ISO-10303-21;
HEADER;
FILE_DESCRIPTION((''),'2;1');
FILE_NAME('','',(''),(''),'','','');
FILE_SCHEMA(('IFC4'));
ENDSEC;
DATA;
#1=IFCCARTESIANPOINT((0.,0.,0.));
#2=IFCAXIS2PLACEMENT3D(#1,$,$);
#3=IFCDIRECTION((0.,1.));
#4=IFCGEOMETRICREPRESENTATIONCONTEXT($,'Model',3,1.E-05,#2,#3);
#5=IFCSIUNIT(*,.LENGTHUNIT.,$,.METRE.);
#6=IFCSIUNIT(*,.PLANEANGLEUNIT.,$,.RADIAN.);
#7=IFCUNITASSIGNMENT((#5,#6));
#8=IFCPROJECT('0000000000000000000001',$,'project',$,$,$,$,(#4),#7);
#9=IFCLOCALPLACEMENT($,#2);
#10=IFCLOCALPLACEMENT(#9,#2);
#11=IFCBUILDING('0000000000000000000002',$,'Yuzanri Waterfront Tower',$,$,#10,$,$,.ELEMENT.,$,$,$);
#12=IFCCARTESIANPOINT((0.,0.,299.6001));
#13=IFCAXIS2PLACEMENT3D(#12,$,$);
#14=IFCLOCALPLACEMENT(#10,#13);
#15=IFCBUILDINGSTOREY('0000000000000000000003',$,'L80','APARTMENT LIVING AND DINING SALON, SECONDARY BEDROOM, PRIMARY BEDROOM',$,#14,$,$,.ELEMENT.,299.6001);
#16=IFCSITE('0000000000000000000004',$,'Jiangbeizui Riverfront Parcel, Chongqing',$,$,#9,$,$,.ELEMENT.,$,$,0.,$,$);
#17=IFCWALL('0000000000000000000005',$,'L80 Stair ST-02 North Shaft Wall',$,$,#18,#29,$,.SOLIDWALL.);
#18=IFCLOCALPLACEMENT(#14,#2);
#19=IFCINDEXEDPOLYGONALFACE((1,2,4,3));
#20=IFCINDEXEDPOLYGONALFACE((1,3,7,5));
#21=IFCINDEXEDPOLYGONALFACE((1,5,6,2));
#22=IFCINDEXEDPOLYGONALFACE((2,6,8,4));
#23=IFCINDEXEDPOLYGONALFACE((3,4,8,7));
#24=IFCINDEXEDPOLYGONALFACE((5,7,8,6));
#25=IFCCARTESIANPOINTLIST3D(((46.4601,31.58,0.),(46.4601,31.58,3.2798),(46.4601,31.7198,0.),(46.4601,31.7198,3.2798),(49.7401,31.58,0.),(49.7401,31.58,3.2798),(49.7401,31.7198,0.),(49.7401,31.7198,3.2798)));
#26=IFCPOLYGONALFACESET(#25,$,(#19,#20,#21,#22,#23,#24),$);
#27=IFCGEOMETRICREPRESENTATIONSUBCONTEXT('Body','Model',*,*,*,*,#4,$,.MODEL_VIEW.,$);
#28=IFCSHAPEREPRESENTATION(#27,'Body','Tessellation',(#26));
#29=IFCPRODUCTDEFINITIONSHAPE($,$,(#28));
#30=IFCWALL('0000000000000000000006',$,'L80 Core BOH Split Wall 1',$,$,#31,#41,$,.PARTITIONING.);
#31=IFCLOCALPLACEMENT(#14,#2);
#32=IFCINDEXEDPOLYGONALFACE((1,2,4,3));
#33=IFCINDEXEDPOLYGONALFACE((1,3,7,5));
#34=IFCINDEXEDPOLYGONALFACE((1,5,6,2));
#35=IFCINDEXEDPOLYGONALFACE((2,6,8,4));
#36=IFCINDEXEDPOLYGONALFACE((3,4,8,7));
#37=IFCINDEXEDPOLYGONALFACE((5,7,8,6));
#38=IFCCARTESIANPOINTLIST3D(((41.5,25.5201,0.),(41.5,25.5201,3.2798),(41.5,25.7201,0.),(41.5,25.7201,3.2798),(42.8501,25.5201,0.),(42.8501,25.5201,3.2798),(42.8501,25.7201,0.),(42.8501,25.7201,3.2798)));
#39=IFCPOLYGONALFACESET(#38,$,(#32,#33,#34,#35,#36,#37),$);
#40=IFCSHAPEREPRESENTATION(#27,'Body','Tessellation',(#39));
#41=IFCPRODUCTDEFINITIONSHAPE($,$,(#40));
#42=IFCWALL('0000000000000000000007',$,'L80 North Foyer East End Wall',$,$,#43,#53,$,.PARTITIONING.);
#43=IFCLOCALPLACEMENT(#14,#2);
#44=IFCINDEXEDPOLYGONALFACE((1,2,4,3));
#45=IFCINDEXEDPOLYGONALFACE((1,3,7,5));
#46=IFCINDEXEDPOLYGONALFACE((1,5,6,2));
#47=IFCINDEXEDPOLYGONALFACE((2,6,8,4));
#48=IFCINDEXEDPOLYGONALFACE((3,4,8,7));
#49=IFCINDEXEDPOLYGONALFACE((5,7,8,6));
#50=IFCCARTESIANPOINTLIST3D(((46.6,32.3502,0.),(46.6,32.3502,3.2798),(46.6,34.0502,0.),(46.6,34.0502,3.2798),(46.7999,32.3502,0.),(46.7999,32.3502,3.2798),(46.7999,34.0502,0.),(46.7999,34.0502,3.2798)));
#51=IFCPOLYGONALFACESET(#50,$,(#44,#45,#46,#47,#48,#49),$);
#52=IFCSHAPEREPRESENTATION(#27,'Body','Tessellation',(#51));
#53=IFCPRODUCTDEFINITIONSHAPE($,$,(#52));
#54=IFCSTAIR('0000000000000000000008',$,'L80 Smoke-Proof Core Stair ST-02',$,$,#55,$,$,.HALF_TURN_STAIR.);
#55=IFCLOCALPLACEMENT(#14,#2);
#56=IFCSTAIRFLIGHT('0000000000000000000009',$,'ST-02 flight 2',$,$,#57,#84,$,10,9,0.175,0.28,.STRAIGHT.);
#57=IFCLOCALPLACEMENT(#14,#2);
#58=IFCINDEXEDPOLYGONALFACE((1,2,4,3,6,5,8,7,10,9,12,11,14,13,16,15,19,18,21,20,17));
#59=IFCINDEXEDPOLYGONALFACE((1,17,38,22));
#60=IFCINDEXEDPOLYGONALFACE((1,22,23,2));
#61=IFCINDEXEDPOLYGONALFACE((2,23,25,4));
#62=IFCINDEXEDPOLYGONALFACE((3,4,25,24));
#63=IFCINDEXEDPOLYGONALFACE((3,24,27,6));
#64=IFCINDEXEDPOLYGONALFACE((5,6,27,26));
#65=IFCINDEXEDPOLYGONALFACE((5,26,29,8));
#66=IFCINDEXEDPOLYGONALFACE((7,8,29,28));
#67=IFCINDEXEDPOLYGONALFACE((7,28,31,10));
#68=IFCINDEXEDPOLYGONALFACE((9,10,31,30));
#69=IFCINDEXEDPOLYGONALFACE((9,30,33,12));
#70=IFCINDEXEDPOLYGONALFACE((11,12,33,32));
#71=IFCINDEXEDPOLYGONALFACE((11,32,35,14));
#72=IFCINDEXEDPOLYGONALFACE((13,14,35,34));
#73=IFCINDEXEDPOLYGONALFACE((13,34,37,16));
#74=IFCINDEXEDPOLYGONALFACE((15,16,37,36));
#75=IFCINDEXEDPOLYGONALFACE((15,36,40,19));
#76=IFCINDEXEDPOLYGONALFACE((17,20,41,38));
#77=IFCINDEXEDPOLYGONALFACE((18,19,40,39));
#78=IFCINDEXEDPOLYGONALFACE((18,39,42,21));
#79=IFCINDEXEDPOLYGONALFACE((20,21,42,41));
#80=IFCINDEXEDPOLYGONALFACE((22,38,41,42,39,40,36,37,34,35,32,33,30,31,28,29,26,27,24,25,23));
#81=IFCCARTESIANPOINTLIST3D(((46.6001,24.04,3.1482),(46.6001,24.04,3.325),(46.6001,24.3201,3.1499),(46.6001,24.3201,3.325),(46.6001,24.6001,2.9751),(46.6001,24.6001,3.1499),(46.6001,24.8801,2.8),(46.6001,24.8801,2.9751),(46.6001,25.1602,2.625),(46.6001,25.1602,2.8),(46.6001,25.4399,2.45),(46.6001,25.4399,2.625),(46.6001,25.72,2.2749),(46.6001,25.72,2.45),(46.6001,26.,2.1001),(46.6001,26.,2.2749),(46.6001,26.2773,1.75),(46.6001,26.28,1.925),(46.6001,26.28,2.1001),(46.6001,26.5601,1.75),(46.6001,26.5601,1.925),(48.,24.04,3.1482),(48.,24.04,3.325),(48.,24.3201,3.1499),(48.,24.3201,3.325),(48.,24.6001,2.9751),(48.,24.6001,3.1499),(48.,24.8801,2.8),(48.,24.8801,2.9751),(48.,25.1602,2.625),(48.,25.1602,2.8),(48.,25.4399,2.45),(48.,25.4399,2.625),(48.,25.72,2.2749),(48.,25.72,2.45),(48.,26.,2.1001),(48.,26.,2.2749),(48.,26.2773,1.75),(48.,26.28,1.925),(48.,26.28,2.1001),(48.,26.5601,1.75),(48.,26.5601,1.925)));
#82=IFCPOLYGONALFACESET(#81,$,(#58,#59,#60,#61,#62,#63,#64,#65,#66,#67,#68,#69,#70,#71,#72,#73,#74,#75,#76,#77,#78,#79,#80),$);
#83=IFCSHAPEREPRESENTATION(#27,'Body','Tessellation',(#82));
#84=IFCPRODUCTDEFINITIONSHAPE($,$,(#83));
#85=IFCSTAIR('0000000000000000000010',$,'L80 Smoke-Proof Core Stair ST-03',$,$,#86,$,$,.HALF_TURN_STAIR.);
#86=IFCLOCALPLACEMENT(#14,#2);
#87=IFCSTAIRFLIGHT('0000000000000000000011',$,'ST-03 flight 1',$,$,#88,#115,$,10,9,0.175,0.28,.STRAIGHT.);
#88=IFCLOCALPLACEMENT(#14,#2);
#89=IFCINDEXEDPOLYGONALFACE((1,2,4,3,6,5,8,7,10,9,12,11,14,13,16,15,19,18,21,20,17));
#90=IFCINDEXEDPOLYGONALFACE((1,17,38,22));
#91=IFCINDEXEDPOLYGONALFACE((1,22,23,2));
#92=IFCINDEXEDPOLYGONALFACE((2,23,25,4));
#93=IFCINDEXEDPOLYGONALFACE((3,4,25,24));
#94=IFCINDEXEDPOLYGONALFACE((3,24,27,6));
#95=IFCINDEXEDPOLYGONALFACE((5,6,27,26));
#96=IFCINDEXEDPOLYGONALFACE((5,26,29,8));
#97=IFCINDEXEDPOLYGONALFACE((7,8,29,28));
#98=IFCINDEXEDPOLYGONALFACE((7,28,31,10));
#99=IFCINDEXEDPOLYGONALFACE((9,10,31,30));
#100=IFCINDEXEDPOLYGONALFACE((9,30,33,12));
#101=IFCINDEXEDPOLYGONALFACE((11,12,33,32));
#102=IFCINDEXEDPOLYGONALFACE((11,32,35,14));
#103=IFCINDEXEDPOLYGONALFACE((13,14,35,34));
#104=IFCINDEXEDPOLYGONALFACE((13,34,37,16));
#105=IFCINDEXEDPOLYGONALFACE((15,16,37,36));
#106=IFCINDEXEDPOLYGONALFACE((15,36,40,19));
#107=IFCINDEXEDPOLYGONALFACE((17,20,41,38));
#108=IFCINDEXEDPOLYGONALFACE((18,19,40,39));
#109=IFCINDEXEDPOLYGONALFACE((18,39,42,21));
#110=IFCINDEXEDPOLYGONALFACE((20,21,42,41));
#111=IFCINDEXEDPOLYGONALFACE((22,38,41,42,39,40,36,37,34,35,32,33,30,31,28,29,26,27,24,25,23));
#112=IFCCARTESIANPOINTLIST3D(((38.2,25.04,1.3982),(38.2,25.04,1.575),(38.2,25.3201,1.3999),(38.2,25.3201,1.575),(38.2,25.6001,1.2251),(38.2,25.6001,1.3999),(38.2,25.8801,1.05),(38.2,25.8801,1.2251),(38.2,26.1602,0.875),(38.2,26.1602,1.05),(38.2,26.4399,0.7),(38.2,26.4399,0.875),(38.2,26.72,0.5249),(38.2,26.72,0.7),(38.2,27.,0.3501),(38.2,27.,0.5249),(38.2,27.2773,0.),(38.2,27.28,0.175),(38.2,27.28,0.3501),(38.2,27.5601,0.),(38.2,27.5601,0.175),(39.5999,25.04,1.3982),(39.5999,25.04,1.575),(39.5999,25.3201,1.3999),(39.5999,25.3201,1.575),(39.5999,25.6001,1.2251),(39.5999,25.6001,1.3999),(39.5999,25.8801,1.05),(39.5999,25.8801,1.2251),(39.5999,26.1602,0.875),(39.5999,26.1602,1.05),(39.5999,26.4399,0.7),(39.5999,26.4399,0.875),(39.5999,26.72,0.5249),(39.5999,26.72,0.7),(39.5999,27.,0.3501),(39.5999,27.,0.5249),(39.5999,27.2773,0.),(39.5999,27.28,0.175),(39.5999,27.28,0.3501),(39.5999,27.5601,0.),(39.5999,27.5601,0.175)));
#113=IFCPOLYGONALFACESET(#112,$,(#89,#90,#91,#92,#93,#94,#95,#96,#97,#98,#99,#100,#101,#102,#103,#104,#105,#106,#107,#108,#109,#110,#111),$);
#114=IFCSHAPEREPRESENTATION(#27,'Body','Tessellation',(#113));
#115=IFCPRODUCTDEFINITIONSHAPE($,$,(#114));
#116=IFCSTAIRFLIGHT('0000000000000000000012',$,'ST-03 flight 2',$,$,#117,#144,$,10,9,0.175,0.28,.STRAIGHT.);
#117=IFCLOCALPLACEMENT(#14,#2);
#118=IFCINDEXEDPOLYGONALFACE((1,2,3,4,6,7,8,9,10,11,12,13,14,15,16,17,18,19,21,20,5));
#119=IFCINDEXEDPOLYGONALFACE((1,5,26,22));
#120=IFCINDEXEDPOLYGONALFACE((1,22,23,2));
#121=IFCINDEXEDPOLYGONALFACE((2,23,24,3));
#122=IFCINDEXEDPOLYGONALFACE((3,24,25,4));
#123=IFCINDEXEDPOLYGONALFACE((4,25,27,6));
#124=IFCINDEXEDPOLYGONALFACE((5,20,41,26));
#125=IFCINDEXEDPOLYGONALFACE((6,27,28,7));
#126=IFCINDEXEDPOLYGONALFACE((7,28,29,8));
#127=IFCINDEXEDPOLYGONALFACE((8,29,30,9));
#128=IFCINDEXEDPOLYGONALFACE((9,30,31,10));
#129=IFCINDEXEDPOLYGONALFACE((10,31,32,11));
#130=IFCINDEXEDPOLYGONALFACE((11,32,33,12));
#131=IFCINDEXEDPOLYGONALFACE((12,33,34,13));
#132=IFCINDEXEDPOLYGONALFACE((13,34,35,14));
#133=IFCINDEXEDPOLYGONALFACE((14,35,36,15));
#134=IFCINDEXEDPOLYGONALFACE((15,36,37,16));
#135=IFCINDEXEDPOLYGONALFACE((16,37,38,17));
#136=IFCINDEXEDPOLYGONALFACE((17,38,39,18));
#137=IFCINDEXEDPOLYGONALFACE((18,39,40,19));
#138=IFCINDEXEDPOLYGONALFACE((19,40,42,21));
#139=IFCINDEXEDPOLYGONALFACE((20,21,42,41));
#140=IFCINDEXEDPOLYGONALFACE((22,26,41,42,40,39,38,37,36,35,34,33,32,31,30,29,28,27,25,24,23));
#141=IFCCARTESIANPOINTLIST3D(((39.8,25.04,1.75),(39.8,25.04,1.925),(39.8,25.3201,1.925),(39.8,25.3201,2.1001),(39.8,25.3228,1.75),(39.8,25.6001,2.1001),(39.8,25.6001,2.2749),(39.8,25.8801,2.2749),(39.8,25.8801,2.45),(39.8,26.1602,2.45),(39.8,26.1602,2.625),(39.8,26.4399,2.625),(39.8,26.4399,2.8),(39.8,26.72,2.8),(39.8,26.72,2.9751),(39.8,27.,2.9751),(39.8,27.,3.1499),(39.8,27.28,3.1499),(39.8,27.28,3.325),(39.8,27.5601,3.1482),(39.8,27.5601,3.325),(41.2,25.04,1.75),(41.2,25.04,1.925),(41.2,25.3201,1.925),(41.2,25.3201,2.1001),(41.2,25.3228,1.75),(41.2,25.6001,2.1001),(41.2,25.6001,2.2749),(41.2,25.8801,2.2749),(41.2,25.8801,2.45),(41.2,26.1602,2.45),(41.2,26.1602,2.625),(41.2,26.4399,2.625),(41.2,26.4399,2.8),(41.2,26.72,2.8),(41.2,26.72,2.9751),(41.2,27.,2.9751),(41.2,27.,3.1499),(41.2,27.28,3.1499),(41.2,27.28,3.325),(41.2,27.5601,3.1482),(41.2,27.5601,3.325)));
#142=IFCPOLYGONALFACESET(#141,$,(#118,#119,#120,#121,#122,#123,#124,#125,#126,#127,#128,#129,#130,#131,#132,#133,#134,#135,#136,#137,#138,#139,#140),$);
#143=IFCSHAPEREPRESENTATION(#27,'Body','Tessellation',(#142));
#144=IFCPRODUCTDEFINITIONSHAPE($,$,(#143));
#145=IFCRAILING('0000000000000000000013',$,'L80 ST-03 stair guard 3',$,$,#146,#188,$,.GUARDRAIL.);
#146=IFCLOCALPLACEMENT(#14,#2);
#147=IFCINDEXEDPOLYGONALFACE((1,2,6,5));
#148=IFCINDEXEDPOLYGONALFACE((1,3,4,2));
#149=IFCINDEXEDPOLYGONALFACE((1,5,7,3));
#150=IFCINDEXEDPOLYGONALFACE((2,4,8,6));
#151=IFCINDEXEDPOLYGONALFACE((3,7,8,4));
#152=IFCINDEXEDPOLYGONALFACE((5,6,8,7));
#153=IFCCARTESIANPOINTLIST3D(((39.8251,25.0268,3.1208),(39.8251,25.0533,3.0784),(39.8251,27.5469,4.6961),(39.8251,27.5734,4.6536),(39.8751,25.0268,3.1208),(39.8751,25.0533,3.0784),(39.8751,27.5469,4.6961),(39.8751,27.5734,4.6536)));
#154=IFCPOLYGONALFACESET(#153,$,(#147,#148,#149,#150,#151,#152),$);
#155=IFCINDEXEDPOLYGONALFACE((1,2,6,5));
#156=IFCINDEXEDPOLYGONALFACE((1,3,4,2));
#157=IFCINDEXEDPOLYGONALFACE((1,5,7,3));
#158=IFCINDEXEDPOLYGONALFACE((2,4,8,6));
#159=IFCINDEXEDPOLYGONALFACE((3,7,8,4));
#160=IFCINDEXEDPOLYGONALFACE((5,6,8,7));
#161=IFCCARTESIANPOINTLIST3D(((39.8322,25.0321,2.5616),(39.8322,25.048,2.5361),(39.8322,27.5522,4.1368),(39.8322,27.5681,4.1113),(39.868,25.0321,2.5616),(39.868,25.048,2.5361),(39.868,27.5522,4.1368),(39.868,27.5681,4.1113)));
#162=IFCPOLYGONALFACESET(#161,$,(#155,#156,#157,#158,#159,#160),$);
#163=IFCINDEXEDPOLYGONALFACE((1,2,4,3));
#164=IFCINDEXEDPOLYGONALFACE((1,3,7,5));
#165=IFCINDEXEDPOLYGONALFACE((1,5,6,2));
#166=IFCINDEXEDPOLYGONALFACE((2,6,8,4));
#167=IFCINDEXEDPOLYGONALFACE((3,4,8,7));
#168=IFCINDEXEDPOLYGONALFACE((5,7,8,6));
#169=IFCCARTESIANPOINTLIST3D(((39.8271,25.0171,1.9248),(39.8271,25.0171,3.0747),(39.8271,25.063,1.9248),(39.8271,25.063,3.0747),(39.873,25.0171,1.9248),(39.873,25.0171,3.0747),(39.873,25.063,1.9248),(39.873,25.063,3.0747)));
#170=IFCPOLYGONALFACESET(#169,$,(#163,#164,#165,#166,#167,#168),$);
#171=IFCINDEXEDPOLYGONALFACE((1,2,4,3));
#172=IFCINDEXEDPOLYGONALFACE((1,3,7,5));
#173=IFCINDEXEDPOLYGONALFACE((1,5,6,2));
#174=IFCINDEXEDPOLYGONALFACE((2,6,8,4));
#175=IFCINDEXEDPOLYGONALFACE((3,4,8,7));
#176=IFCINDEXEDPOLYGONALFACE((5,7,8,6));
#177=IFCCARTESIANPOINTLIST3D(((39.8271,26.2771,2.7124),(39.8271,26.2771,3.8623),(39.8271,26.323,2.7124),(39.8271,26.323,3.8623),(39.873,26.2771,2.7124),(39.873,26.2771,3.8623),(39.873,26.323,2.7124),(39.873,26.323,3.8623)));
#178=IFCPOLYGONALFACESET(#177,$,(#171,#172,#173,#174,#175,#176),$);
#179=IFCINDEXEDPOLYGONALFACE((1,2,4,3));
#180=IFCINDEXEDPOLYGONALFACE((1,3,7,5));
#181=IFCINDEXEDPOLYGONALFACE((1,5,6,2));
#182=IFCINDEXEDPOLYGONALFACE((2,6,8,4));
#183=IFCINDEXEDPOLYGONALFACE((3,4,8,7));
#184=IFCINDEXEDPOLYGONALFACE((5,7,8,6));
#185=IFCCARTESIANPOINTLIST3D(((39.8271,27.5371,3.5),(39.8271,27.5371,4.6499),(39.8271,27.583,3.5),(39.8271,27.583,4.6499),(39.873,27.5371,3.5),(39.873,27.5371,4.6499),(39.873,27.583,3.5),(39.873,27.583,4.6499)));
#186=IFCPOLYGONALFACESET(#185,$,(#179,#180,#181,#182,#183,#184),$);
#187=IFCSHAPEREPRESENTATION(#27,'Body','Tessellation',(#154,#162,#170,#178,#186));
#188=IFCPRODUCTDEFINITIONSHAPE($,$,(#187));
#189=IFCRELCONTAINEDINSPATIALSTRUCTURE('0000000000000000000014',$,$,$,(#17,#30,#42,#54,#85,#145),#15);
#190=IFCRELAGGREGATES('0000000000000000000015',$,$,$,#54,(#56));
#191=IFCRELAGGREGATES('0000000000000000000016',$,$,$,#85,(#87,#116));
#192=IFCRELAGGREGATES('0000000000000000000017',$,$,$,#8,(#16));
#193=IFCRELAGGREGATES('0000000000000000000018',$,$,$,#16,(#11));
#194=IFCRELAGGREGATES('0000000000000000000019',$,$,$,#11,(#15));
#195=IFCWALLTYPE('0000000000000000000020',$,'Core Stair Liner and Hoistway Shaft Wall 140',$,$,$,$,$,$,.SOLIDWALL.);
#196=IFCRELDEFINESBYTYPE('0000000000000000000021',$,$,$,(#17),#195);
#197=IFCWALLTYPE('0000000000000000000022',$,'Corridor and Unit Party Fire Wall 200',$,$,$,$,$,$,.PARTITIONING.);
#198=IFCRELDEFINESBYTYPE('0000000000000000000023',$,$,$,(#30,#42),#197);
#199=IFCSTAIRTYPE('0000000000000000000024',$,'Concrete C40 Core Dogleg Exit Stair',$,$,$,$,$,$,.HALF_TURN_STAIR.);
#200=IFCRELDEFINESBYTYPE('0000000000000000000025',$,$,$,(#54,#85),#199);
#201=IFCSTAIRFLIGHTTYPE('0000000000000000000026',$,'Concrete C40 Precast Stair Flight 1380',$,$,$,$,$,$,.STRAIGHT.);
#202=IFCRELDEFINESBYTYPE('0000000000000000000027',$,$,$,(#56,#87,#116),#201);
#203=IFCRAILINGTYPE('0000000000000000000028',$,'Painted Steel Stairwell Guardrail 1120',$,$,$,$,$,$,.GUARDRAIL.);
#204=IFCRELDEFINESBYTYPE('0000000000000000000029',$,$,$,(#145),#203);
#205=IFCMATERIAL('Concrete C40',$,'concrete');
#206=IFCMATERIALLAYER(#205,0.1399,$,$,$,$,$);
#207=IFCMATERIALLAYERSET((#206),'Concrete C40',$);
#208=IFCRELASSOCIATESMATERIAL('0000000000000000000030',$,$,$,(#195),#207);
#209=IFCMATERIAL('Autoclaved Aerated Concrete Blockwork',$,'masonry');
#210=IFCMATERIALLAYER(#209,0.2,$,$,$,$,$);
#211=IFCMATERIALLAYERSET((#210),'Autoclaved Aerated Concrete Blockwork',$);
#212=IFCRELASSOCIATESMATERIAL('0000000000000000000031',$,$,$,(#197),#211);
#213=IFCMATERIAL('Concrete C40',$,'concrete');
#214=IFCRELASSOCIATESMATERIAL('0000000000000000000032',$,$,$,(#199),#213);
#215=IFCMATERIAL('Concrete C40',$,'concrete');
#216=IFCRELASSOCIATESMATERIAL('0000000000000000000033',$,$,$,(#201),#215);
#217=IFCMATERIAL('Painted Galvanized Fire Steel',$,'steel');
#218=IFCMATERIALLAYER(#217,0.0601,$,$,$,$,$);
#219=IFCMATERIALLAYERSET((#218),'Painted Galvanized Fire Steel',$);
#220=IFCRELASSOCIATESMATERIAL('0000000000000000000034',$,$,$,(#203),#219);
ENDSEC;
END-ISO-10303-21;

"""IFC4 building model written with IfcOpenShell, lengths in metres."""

from ifc_helpers import new_model, si_unit, direction, frame, frame_2d, origin, origin_2d, place, context, subcontext, project, spatial, polyline, rectangle, outline, extrude, source, transform, mapped, material, layer, layer_set, type_object, element, aggregate, save


model = new_model("IFC4")

# Units and contexts
model_context = context("Model", 3, precision=1e-05, world=origin(), true_north=direction((0.0, 1.0)))
body_context = subcontext(model_context, "Body", "Model", "MODEL_VIEW")
ifc_project = project(units=[si_unit("LENGTHUNIT", "METRE"), si_unit("PLANEANGLEUNIT", "RADIAN")], contexts=[model_context])

# Site, building, storey
site_placement = place(None, origin())
site = spatial("IfcSite", under=ifc_project, at=site_placement, Name="Jiangbeizui Riverfront Parcel, Chongqing", CompositionType="ELEMENT", RefElevation=0.0)
building_placement = place(site_placement, origin())
building = spatial("IfcBuilding", under=site, at=building_placement, Name="Yuzanri Waterfront Tower", CompositionType="ELEMENT")
storey_placement = place(building_placement, frame((0.0, 0.0, 299.6001)))
storey = spatial("IfcBuildingStorey", under=building, at=storey_placement, Name="L80", Description="APARTMENT LIVING AND DINING SALON, SECONDARY BEDROOM, PRIMARY BEDROOM", CompositionType="ELEMENT", Elevation=299.6001)

# Shared definitions
ifc_material_1 = material(Name="Concrete C40", Category="concrete")
ifc_layer_1 = layer(ifc_material_1, 0.1399)
ifc_layer_set_1 = layer_set([ifc_layer_1], Name="Concrete C40")
wall_type_1 = type_object("IfcWallType", Name="Core Stair Liner and Hoistway Shaft Wall 140", PredefinedType="SOLIDWALL", material=ifc_layer_set_1)
ifc_material_2 = material(Name="Autoclaved Aerated Concrete Blockwork", Category="masonry")
ifc_layer_2 = layer(ifc_material_2, 0.2)
ifc_layer_set_2 = layer_set([ifc_layer_2], Name="Autoclaved Aerated Concrete Blockwork")
wall_type_2 = type_object("IfcWallType", Name="Corridor and Unit Party Fire Wall 200", PredefinedType="PARTITIONING", material=ifc_layer_set_2)

# Walls
shared_shape_1 = source(origin(), body_context, "Body", "SweptSolid", [
    extrude(rectangle(XDim=3.28, YDim=0.1399, at=frame_2d((1.6401, 0.0))), origin(), (0.0, 0.0, 1.0), 3.2798),
])
wall_1_placement = place(storey_placement, frame((46.46, 31.6499, 0.0), z_axis=(0.0, 0.0, 1.0), x_axis=(1.0, 0.0, 0.0)))
element("IfcWall", 1, at=wall_1_placement, inside=storey, type_object=wall_type_1, Name="L80 Stair ST-02 North Shaft Wall", PredefinedType="SOLIDWALL", context=body_context, shape_type="MappedRepresentation", body=[
    mapped(shared_shape_1, transform((0.0, 0.0, 0.0), scale=1.0)),
])
shared_shape_2 = source(origin(), body_context, "Body", "SweptSolid", [
    extrude(rectangle(XDim=1.3501, YDim=0.2, at=frame_2d((0.675, 0.0))), origin(), (0.0, 0.0, 1.0), 3.2798),
])
wall_2_placement = place(storey_placement, frame((41.5, 25.6201, 0.0), z_axis=(0.0, 0.0, 1.0), x_axis=(1.0, 0.0, 0.0)))
element("IfcWall", 2, at=wall_2_placement, inside=storey, type_object=wall_type_2, Name="L80 Core BOH Split Wall 1", PredefinedType="PARTITIONING", context=body_context, shape_type="MappedRepresentation", body=[
    mapped(shared_shape_2, transform((0.0, 0.0, 0.0), scale=1.0)),
])
shared_shape_3 = source(origin(), body_context, "Body", "SweptSolid", [
    extrude(rectangle(XDim=1.7, YDim=0.2, at=frame_2d((0.8501, 0.0))), origin(), (0.0, 0.0, 1.0), 3.2798),
])
wall_3_placement = place(storey_placement, frame((46.7, 32.3501, 0.0), z_axis=(0.0, 0.0, 1.0), x_axis=(0.0, 1.0, 0.0)))
element("IfcWall", 3, at=wall_3_placement, inside=storey, type_object=wall_type_2, Name="L80 North Foyer East End Wall", PredefinedType="PARTITIONING", context=body_context, shape_type="MappedRepresentation", body=[
    mapped(shared_shape_3, transform((0.0, 0.0, 0.0), scale=1.0)),
])

# Stair, stair flight
ifc_material_3 = material(Name="Concrete C40", Category="concrete")
stair_type = type_object("IfcStairType", Name="Concrete C40 Core Dogleg Exit Stair", PredefinedType="HALF_TURN_STAIR", material=ifc_material_3)
stair_1_placement = place(storey_placement, origin())
stair_1 = element("IfcStair", 4, at=stair_1_placement, inside=storey, type_object=stair_type, Name="L80 Smoke-Proof Core Stair ST-02", PredefinedType="HALF_TURN_STAIR")
ifc_material_4 = material(Name="Concrete C40", Category="concrete")
stair_flight_type = type_object("IfcStairFlightType", Name="Concrete C40 Precast Stair Flight 1380", PredefinedType="STRAIGHT", material=ifc_material_4)
shared_shape_4 = source(origin(), body_context, "Body", "SweptSolid", [
    extrude(outline(polyline([(0.0, 0.0), (0.0, 0.175), (0.28, 0.175), (0.28, 0.3501), (0.5601, 0.3501), (0.5601, 0.5249), (0.8401, 0.5249), (0.8401, 0.7), (1.1201, 0.7), (1.1201, 0.875), (1.3999, 0.875), (1.3999, 1.05), (1.6799, 1.05), (1.6799, 1.2251), (1.96, 1.2251), (1.96, 1.3999), (2.24, 1.3999), (2.24, 1.575), (2.52, 1.575), (2.52, 1.75), (2.52, 1.3982), (0.2827, 0.0), (0.0, 0.0)])), frame((0.0, 0.7, 0.0), z_axis=(0.0, -1.0, 0.0), x_axis=(1.0, 0.0, 0.0)), (0.0, 0.0, 1.0), 1.3999),
])
stair_flight_1_placement = place(storey_placement, frame((47.3, 26.5601, 1.75), z_axis=(0.0, 0.0, 1.0), x_axis=(0.0, -1.0, 0.0)))
stair_flight_1 = element("IfcStairFlight", 5, at=stair_flight_1_placement, type_object=stair_flight_type, Name="ST-02 flight 2", NumberOfRisers=10, NumberOfTreads=9, PredefinedType="STRAIGHT", RiserHeight=0.175, TreadLength=0.28, context=body_context, shape_type="MappedRepresentation", body=[
    mapped(shared_shape_4, transform((0.0, 0.0, 0.0), scale=1.0)),
])
aggregate(stair_1, [stair_flight_1])

# Stair, stair flights
stair_2_placement = place(storey_placement, origin())
stair_2 = element("IfcStair", 6, at=stair_2_placement, inside=storey, type_object=stair_type, Name="L80 Smoke-Proof Core Stair ST-03", PredefinedType="HALF_TURN_STAIR")
stair_flight_2_placement = place(storey_placement, frame((38.8999, 27.5601, 0.0), z_axis=(0.0, 0.0, 1.0), x_axis=(0.0, -1.0, 0.0)))
stair_flight_2 = element("IfcStairFlight", 7, at=stair_flight_2_placement, type_object=stair_flight_type, Name="ST-03 flight 1", NumberOfRisers=10, NumberOfTreads=9, PredefinedType="STRAIGHT", RiserHeight=0.175, TreadLength=0.28, context=body_context, shape_type="MappedRepresentation", body=[
    mapped(shared_shape_4, transform((0.0, 0.0, 0.0), scale=1.0)),
])
stair_flight_3_placement = place(storey_placement, frame((40.5, 25.04, 1.75), z_axis=(0.0, 0.0, 1.0), x_axis=(0.0, 1.0, 0.0)))
stair_flight_3 = element("IfcStairFlight", 8, at=stair_flight_3_placement, type_object=stair_flight_type, Name="ST-03 flight 2", NumberOfRisers=10, NumberOfTreads=9, PredefinedType="STRAIGHT", RiserHeight=0.175, TreadLength=0.28, context=body_context, shape_type="MappedRepresentation", body=[
    mapped(shared_shape_4, transform((0.0, 0.0, 0.0), scale=1.0)),
])
aggregate(stair_2, [stair_flight_2, stair_flight_3])

# Railing
ifc_material_5 = material(Name="Painted Galvanized Fire Steel", Category="steel")
ifc_layer_3 = layer(ifc_material_5, 0.0601)
ifc_layer_set_3 = layer_set([ifc_layer_3], Name="Painted Galvanized Fire Steel")
railing_type_1 = type_object("IfcRailingType", Name="Painted Steel Stairwell Guardrail 1120", PredefinedType="GUARDRAIL", material=ifc_layer_set_3)
shared_shape_5 = source(origin(), body_context, "Body", "SweptSolid", [
    extrude(rectangle(XDim=0.05, YDim=0.05, at=origin_2d()), frame((0.0, 0.0, 1.1748), z_axis=(0.0, 0.847971, 0.530043), x_axis=(-1.0, 0.0, 0.0)), (0.0, 0.0, 1.0), 2.9719),
    extrude(rectangle(XDim=0.0359, YDim=0.03, at=origin_2d()), frame((0.0, 0.0, 0.624), z_axis=(0.0, 0.847971, 0.530043), x_axis=(-1.0, 0.0, 0.0)), (0.0, 0.0, 1.0), 2.9719),
    extrude(rectangle(XDim=0.0459, YDim=0.0459, at=origin_2d()), origin(), (0.0, 0.0, 1.0), 1.1499),
    extrude(rectangle(XDim=0.0459, YDim=0.0459, at=origin_2d()), frame((0.0, 1.26, 0.7876)), (0.0, 0.0, 1.0), 1.1499),
    extrude(rectangle(XDim=0.0459, YDim=0.0459, at=origin_2d()), frame((0.0, 2.52, 1.5752)), (0.0, 0.0, 1.0), 1.1499),
])
railing_1_placement = place(storey_placement, frame((39.8501, 25.04, 1.9248)))
element("IfcRailing", 9, at=railing_1_placement, inside=storey, type_object=railing_type_1, Name="L80 ST-03 stair guard 3", PredefinedType="GUARDRAIL", context=body_context, shape_type="MappedRepresentation", body=[
    mapped(shared_shape_5, transform((0.0, 0.0, 0.0), scale=1.0)),
])

save(model, "model.ifc")
